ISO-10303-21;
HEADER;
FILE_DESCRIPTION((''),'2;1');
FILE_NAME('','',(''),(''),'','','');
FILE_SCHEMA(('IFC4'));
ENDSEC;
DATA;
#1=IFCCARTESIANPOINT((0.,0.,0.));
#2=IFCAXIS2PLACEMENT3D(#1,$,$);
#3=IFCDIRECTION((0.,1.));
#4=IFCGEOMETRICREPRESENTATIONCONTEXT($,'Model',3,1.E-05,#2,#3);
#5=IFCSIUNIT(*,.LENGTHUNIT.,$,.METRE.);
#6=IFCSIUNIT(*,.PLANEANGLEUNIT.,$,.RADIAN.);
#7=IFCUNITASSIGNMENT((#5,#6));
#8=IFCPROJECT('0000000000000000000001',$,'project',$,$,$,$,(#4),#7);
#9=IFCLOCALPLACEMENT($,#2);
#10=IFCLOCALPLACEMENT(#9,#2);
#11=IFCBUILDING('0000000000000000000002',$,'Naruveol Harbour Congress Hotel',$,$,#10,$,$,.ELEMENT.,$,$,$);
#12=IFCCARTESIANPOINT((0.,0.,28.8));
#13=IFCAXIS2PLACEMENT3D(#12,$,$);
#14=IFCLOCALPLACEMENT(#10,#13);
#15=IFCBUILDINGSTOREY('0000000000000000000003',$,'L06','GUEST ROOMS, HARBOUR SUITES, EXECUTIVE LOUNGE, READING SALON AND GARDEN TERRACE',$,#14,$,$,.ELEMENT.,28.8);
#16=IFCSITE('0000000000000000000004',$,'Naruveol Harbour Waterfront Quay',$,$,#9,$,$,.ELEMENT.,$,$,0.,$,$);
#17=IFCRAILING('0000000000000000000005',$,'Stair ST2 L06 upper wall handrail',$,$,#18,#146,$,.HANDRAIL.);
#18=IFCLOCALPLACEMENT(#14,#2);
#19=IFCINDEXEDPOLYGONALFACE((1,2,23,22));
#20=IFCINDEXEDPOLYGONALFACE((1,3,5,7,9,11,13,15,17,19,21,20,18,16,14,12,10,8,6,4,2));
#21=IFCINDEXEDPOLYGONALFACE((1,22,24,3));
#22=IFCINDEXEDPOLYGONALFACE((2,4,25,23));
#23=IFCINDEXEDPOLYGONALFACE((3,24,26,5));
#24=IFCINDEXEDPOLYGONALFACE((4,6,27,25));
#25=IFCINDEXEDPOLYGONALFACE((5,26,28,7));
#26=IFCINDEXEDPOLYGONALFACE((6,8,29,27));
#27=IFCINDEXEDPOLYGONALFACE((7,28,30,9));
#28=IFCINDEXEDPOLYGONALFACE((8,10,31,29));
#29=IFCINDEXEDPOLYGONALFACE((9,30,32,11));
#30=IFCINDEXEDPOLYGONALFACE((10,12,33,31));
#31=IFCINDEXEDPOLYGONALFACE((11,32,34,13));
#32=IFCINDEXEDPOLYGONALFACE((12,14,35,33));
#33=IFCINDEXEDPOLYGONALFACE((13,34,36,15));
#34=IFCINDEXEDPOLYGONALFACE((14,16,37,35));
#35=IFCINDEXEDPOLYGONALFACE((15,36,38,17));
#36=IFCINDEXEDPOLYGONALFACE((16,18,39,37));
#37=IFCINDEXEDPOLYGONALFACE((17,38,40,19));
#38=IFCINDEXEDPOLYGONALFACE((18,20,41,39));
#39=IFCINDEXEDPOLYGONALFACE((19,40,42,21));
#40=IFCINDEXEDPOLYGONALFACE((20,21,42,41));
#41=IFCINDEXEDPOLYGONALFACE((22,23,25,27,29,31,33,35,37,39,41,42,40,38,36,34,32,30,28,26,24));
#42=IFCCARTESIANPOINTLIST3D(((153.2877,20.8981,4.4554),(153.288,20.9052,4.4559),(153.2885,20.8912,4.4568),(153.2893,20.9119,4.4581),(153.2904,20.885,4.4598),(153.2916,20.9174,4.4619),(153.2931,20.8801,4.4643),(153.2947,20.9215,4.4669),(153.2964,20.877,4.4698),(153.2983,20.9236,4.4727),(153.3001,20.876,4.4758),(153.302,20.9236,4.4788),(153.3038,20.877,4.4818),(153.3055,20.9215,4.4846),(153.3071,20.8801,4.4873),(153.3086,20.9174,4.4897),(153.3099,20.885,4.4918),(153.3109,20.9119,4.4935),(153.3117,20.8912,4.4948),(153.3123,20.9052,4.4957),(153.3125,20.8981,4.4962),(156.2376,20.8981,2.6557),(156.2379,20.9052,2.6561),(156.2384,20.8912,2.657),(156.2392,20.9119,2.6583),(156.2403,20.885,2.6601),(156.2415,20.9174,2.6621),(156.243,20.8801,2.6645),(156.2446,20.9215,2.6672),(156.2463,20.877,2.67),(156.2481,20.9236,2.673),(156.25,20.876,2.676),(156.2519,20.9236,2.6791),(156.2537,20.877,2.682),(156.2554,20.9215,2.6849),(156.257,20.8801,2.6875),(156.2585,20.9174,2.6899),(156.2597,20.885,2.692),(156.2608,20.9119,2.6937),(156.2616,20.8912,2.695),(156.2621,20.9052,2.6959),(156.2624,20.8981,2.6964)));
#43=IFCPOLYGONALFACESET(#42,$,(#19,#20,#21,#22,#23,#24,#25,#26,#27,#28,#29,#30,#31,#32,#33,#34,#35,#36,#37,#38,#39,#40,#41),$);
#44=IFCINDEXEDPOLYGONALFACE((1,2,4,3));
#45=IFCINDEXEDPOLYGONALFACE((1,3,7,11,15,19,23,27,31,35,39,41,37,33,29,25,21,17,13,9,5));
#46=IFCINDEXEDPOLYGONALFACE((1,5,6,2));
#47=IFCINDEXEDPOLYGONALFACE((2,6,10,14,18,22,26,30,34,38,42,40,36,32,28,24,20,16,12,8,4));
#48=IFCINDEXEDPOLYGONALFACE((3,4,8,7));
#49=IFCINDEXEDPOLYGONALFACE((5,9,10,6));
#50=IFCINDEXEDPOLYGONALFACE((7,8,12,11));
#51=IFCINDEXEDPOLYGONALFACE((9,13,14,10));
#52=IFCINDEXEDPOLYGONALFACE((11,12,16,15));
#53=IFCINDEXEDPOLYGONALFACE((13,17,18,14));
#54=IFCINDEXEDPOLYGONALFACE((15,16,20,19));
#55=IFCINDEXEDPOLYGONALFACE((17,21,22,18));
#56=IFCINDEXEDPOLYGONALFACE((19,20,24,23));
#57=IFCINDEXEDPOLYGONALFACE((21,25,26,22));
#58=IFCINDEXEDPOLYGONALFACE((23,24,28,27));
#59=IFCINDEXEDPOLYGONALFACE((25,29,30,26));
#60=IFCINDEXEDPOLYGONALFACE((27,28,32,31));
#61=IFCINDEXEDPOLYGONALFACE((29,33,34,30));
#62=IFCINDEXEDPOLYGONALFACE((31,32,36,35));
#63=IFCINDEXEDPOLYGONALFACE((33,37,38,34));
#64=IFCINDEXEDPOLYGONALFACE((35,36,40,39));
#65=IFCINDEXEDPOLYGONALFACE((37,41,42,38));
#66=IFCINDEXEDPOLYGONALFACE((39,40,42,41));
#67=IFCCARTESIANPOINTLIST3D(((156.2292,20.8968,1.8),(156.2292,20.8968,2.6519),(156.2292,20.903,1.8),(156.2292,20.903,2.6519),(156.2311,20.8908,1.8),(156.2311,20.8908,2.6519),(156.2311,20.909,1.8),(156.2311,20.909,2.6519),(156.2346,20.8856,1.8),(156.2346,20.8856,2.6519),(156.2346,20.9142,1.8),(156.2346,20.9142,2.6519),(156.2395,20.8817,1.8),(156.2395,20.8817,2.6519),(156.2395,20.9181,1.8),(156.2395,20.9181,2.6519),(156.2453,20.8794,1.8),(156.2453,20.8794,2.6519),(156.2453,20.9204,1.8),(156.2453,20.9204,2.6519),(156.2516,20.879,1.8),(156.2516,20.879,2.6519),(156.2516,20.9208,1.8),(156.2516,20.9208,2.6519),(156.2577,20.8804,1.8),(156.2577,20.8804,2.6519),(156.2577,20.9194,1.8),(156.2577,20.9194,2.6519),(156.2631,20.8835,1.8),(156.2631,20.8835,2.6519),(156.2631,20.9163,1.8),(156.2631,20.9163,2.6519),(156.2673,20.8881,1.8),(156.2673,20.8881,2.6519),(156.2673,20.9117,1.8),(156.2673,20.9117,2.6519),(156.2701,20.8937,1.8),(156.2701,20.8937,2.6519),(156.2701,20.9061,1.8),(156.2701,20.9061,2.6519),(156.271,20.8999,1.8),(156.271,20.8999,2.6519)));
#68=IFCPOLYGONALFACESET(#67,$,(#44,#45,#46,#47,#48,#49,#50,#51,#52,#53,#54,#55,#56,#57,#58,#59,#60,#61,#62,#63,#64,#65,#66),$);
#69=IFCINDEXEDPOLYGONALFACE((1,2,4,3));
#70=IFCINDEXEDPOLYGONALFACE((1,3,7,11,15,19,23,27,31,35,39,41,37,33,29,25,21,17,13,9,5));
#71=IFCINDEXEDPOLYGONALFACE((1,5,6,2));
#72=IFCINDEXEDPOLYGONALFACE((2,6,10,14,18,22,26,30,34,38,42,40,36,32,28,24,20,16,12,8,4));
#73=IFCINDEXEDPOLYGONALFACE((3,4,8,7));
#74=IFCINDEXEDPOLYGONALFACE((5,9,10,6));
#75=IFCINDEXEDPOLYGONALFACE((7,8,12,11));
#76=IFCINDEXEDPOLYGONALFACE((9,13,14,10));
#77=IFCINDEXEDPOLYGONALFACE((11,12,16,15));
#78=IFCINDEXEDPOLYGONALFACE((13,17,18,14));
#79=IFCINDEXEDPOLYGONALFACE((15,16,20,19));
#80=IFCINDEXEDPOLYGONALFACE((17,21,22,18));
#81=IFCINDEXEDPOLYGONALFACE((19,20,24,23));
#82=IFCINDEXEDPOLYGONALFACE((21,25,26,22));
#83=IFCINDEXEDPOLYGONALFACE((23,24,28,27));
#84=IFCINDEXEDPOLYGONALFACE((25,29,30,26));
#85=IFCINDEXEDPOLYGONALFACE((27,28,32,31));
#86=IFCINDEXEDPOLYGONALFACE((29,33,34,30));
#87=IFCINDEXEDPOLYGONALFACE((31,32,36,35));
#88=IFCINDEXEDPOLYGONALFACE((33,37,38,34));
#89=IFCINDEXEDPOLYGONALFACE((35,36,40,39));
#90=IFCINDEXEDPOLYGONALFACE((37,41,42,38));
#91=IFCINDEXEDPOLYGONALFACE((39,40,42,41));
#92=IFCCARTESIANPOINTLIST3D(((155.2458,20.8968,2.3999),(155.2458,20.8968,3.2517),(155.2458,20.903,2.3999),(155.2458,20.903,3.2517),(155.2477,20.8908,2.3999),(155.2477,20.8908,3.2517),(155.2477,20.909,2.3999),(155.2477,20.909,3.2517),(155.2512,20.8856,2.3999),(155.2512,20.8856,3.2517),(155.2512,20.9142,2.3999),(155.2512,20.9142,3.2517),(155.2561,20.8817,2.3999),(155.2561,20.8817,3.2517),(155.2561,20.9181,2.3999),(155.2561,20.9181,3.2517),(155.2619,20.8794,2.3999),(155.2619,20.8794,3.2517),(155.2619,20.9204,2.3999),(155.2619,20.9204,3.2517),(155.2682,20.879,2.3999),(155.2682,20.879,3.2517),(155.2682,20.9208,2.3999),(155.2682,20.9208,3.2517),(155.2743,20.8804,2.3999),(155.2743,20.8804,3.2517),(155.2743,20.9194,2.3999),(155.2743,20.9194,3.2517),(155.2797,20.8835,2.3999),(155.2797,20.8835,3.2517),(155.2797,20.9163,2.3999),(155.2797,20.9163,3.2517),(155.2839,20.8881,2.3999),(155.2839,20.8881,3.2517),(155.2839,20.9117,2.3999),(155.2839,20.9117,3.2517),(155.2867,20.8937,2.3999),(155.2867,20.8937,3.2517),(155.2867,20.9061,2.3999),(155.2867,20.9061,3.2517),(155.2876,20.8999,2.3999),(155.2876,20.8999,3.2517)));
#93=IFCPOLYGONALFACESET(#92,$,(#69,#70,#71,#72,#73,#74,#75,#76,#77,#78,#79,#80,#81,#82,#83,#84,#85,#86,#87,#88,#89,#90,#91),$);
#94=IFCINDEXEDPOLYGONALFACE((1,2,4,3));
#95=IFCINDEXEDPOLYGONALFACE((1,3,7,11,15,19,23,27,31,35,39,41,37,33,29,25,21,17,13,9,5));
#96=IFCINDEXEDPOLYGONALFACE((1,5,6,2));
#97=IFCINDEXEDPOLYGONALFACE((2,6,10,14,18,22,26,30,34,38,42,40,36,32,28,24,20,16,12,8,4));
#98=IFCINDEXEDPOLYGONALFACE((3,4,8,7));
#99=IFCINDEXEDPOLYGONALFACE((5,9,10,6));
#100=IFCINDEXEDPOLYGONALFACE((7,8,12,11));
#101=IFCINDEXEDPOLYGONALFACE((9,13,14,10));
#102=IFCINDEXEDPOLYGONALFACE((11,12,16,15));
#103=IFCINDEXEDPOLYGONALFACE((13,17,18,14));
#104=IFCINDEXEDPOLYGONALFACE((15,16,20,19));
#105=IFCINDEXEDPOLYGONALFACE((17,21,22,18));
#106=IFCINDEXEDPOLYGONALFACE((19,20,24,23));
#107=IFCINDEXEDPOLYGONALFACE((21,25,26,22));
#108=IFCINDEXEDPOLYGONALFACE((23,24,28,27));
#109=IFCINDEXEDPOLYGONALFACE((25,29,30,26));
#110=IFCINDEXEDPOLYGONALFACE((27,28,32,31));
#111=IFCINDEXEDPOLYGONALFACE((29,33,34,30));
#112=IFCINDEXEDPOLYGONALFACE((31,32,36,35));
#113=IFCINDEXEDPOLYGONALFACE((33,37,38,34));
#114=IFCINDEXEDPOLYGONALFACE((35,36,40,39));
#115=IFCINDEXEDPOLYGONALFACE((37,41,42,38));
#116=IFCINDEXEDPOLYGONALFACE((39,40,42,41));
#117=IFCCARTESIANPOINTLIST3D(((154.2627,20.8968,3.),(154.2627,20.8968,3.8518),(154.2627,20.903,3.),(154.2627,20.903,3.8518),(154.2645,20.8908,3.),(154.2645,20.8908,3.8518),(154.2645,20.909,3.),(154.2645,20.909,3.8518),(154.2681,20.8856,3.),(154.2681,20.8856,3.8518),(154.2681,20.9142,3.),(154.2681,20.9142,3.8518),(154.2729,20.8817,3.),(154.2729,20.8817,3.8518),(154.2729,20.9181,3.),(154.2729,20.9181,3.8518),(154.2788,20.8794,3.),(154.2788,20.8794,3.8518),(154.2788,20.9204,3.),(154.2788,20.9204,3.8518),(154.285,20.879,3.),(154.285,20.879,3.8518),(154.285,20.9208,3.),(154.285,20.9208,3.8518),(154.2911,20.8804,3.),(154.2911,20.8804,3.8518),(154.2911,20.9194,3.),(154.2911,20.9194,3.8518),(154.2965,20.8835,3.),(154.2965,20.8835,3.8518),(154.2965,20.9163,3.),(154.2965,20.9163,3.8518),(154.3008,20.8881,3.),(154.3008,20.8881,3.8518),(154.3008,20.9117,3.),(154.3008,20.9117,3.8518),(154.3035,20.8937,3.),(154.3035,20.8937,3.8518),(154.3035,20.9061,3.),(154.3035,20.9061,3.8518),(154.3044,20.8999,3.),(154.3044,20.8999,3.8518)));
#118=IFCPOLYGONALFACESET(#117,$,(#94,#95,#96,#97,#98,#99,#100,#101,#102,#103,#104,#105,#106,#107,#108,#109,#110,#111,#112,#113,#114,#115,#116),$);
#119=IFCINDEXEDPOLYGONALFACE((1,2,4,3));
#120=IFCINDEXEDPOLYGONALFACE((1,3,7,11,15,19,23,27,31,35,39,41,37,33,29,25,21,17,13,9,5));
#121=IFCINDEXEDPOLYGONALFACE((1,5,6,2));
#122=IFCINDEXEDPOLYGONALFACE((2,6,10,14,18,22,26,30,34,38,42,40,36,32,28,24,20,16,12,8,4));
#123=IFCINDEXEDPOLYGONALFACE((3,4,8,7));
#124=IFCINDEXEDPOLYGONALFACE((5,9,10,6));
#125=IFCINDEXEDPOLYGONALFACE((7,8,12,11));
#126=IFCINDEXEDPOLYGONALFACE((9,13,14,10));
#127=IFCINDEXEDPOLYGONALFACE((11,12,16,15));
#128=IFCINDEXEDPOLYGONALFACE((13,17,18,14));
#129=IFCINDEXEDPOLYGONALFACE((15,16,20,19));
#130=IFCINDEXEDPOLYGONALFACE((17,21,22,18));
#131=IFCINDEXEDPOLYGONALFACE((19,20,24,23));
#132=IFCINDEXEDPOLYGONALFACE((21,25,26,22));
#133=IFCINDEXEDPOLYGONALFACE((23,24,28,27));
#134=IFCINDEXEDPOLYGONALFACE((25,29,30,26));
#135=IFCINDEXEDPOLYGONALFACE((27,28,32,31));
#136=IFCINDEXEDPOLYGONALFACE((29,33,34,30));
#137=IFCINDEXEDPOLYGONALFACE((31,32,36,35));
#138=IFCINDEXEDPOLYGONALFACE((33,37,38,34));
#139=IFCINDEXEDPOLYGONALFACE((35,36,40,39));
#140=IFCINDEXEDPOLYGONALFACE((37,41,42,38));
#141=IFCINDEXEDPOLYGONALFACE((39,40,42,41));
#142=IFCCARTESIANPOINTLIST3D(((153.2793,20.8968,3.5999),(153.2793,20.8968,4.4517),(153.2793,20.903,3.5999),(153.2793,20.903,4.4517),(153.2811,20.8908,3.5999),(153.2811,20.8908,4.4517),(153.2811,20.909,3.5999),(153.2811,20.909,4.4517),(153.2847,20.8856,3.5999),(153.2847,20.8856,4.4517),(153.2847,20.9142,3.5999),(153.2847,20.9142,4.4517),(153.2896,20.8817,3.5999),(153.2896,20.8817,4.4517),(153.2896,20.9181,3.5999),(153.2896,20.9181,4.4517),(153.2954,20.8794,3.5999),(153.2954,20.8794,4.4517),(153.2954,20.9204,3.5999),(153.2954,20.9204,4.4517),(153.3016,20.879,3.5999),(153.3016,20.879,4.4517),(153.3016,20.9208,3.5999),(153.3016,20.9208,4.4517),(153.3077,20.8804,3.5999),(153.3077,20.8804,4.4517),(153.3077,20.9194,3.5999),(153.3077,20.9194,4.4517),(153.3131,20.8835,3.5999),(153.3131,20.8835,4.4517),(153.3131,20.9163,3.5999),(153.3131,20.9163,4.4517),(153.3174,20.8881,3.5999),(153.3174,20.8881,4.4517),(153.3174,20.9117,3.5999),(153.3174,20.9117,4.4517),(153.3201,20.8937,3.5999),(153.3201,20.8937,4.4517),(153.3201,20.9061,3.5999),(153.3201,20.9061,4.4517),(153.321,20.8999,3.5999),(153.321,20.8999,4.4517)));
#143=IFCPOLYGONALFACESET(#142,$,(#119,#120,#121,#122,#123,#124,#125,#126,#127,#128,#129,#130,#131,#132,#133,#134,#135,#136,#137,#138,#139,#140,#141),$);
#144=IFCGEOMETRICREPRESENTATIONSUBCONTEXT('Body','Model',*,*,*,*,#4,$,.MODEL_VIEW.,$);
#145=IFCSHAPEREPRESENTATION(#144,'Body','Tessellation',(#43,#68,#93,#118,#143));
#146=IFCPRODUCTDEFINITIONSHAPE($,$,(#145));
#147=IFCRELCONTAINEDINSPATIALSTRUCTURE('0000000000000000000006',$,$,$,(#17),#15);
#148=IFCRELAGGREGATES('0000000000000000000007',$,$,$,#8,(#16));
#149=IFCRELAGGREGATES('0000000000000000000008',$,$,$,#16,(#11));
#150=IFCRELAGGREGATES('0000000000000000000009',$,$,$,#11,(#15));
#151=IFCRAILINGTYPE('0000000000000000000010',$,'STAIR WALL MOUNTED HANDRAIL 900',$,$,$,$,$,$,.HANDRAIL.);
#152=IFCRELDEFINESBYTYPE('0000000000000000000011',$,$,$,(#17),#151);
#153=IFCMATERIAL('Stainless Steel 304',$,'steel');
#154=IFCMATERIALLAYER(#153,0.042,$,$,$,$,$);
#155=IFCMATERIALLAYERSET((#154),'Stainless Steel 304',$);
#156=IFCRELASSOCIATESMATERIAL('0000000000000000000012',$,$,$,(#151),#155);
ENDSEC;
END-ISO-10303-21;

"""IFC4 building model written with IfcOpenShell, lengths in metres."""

from ifc_helpers import new_model, si_unit, direction, frame, origin, origin_2d, place, context, subcontext, project, spatial, circle, extrude, material, layer, layer_set, type_object, element, save


model = new_model("IFC4")

# Units and contexts
model_context = context("Model", 3, precision=1e-05, world=origin(), true_north=direction((0.0, 1.0)))
body_context = subcontext(model_context, "Body", "Model", "MODEL_VIEW")
ifc_project = project(units=[si_unit("LENGTHUNIT", "METRE"), si_unit("PLANEANGLEUNIT", "RADIAN")], contexts=[model_context])

# Site, building, storey
site_placement = place(None, origin())
site = spatial("IfcSite", under=ifc_project, at=site_placement, Name="Naruveol Harbour Waterfront Quay", CompositionType="ELEMENT", RefElevation=0.0)
building_placement = place(site_placement, origin())
building = spatial("IfcBuilding", under=site, at=building_placement, Name="Naruveol Harbour Congress Hotel", CompositionType="ELEMENT")
storey_placement = place(building_placement, frame((0.0, 0.0, 28.8)))
storey = spatial("IfcBuildingStorey", under=building, at=storey_placement, Name="L06", Description="GUEST ROOMS, HARBOUR SUITES, EXECUTIVE LOUNGE, READING SALON AND GARDEN TERRACE", CompositionType="ELEMENT", Elevation=28.8)

# Railing
ifc_material_1 = material(Name="Stainless Steel 304", Category="steel")
ifc_layer_1 = layer(ifc_material_1, 0.042)
ifc_layer_set_1 = layer_set([ifc_layer_1], Name="Stainless Steel 304")
railing_type_1 = type_object("IfcRailingType", Name="STAIR WALL MOUNTED HANDRAIL 900", PredefinedType="HANDRAIL", material=ifc_layer_set_1)
railing_1_placement = place(storey_placement, frame((156.25, 20.8999, 1.8)))
element("IfcRailing", 1, at=railing_1_placement, inside=storey, type_object=railing_type_1, Name="Stair ST2 L06 upper wall handrail", PredefinedType="HANDRAIL", context=body_context, shape_type="SweptSolid", body=[
    extrude(circle(Radius=0.0239, at=origin_2d()), frame((0.0, 0.0, 0.876), z_axis=(-0.853661, 0.0, 0.52083), x_axis=(0.0, -1.0, 0.0)), (0.0, 0.0, 1.0), 3.4556),
    extrude(circle(Radius=0.021, at=origin_2d()), origin(), (0.0, 0.0, 1.0), 0.8518),
    extrude(circle(Radius=0.021, at=origin_2d()), frame((-0.9834, 0.0, 0.5999)), (0.0, 0.0, 1.0), 0.8518),
    extrude(circle(Radius=0.021, at=origin_2d()), frame((-1.9666, 0.0, 1.2)), (0.0, 0.0, 1.0), 0.8518),
    extrude(circle(Radius=0.021, at=origin_2d()), frame((-2.95, 0.0, 1.7998)), (0.0, 0.0, 1.0), 0.8518),
])

save(model, "model.ifc")
